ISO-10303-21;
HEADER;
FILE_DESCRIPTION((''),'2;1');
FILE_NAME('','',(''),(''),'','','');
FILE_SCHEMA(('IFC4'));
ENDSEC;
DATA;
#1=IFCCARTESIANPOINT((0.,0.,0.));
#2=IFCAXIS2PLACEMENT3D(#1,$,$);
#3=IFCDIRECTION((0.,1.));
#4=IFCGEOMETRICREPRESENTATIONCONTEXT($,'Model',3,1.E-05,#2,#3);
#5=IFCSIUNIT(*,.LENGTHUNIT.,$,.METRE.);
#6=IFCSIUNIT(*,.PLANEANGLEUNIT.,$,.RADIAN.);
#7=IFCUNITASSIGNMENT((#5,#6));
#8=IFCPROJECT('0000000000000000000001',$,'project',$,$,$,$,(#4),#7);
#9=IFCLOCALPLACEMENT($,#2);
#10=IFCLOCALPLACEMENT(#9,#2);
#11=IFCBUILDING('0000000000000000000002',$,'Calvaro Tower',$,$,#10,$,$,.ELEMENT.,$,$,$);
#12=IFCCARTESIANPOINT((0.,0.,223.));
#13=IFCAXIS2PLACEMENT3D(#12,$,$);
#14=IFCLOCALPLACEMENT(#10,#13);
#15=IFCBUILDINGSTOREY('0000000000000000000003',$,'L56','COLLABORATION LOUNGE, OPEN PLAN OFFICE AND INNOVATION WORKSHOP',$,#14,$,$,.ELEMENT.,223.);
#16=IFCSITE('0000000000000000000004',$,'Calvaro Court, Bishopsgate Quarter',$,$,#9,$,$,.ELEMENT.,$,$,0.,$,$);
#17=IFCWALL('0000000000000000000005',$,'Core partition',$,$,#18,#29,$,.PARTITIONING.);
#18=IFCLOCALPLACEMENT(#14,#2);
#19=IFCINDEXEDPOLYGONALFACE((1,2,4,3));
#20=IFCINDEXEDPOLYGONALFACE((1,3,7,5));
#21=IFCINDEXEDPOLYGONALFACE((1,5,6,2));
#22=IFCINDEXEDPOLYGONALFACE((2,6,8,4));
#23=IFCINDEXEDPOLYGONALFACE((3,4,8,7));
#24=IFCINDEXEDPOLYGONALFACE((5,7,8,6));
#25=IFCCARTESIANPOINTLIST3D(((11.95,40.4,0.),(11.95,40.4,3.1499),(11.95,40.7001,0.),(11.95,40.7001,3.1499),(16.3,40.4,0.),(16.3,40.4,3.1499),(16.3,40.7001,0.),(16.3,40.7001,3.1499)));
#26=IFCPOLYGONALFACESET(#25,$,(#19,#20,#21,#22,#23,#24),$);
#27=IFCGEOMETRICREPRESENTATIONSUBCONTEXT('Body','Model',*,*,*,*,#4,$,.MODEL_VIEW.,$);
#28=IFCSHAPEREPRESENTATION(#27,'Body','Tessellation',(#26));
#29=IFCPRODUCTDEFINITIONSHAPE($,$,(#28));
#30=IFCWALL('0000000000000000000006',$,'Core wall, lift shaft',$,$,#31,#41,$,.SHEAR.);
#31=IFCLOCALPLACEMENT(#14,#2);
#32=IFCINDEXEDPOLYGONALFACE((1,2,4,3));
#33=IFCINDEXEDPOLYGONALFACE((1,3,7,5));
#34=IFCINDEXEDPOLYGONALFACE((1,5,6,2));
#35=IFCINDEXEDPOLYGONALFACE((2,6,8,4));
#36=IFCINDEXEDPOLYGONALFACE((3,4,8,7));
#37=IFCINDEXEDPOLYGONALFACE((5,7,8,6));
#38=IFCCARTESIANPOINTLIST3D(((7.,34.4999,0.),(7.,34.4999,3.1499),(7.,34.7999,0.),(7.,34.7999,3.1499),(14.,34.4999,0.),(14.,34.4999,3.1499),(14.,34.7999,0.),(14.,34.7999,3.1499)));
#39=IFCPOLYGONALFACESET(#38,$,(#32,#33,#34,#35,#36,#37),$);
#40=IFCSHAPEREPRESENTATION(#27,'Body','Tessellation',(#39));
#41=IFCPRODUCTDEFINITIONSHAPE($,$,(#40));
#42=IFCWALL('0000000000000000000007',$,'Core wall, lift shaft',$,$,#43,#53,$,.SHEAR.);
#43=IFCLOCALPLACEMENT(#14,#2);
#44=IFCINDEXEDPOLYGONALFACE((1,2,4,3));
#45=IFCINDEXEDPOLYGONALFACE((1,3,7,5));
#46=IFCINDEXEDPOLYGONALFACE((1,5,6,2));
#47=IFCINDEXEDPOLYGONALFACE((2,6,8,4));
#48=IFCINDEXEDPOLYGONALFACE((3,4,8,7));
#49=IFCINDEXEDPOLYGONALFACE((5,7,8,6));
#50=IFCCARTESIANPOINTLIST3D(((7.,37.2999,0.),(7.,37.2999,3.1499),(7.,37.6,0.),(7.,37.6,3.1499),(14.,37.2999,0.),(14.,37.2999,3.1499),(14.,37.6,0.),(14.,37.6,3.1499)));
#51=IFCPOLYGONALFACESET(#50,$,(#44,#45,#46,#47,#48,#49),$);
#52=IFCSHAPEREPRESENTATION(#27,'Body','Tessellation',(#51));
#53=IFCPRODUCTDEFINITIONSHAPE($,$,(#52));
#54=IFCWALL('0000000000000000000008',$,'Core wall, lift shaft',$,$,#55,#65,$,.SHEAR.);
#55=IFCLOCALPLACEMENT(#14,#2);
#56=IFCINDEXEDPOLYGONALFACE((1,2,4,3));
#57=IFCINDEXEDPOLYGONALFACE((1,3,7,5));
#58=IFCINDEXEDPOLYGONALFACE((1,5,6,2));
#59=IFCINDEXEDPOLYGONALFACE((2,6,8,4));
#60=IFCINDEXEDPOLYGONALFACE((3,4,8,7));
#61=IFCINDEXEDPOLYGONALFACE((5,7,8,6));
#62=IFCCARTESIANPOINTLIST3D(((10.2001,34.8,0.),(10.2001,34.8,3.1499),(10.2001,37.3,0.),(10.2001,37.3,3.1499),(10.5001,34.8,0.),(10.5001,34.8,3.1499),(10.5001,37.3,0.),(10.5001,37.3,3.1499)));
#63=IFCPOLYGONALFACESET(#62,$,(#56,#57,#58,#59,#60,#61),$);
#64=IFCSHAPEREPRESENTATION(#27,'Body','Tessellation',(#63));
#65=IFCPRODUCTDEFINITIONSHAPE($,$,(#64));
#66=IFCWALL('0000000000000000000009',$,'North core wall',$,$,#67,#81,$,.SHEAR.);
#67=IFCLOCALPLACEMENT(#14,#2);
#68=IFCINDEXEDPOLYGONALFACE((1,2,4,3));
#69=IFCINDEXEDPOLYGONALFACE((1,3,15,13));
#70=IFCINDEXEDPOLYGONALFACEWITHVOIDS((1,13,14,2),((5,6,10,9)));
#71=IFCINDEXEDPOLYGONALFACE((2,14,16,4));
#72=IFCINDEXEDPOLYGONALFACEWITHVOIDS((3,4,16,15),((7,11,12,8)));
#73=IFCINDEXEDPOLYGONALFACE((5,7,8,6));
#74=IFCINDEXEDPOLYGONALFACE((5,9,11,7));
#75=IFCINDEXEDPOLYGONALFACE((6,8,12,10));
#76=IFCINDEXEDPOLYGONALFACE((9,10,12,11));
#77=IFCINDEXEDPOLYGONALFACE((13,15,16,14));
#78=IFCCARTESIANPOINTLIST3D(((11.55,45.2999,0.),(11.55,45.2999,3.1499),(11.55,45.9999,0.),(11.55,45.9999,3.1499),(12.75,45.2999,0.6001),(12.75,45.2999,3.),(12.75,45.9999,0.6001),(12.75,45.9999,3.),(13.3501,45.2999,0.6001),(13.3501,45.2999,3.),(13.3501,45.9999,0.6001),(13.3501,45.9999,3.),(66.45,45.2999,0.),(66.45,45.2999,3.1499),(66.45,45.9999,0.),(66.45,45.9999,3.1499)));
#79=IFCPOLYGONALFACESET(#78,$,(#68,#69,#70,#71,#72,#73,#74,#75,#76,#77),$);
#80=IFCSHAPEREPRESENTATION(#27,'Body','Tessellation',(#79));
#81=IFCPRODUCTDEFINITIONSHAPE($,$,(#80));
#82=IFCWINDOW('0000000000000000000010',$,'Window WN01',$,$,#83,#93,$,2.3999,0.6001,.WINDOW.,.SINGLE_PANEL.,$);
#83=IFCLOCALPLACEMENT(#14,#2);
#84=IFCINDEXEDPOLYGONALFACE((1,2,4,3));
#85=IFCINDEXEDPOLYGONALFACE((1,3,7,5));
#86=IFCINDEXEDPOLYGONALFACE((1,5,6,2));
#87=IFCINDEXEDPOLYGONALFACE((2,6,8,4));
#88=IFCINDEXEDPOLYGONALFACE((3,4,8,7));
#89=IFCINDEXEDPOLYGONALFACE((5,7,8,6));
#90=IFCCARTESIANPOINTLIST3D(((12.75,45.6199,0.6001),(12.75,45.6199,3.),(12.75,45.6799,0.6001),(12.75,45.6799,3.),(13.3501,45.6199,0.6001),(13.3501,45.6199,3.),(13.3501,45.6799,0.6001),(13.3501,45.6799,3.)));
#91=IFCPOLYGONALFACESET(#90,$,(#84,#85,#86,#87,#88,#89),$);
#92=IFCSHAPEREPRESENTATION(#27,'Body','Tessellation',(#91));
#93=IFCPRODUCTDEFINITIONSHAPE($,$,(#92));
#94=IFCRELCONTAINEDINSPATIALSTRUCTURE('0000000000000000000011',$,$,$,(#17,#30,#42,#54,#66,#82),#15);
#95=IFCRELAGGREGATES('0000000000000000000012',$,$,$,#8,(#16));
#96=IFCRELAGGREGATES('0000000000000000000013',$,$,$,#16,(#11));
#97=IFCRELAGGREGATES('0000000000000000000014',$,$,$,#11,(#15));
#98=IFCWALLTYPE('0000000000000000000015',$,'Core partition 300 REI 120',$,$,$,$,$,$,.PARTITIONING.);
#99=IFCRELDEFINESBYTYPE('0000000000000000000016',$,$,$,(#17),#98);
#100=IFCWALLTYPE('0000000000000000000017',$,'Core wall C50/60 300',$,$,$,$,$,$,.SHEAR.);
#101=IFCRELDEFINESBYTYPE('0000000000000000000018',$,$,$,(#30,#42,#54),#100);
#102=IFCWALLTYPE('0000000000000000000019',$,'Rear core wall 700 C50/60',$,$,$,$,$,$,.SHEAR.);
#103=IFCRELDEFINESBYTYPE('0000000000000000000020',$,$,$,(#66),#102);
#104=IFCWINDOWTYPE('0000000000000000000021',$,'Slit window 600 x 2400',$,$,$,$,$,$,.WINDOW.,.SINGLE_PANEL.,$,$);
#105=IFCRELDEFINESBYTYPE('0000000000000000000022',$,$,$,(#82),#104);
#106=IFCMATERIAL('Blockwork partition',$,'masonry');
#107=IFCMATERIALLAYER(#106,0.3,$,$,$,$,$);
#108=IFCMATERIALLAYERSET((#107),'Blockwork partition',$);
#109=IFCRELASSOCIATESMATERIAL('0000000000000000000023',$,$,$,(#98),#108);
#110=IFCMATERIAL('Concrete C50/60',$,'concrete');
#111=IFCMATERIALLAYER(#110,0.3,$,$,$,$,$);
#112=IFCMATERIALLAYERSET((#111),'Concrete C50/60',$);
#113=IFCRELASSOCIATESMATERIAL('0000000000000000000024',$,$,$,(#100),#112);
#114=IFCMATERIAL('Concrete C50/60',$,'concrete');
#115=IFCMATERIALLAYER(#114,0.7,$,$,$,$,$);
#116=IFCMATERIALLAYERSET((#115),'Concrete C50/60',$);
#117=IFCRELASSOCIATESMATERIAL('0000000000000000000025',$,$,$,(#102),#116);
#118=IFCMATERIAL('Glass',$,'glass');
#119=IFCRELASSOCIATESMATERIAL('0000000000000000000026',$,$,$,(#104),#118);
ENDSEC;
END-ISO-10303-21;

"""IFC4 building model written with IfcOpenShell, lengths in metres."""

from ifc_helpers import new_model, si_unit, direction, frame, frame_2d, origin, place, context, subcontext, project, spatial, rectangle, extrude, material, layer, layer_set, type_object, element, fill, save


model = new_model("IFC4")

# Units and contexts
model_context = context("Model", 3, precision=1e-05, world=origin(), true_north=direction((0.0, 1.0)))
body_context = subcontext(model_context, "Body", "Model", "MODEL_VIEW")
ifc_project = project(units=[si_unit("LENGTHUNIT", "METRE"), si_unit("PLANEANGLEUNIT", "RADIAN")], contexts=[model_context])

# Site, building, storey
site_placement = place(None, origin())
site = spatial("IfcSite", under=ifc_project, at=site_placement, Name="Calvaro Court, Bishopsgate Quarter", CompositionType="ELEMENT", RefElevation=0.0)
building_placement = place(site_placement, origin())
building = spatial("IfcBuilding", under=site, at=building_placement, Name="Calvaro Tower", CompositionType="ELEMENT")
storey_placement = place(building_placement, frame((0.0, 0.0, 223.0)))
storey = spatial("IfcBuildingStorey", under=building, at=storey_placement, Name="L56", Description="COLLABORATION LOUNGE, OPEN PLAN OFFICE AND INNOVATION WORKSHOP", CompositionType="ELEMENT", Elevation=223.0)

# Walls
ifc_material_1 = material(Name="Blockwork partition", Category="masonry")
ifc_layer_1 = layer(ifc_material_1, 0.3)
ifc_layer_set_1 = layer_set([ifc_layer_1], Name="Blockwork partition")
wall_type_1 = type_object("IfcWallType", Name="Core partition 300 REI 120", PredefinedType="PARTITIONING", material=ifc_layer_set_1)
wall_1_placement = place(storey_placement, frame((11.95, 40.55, 0.0), z_axis=(0.0, 0.0, 1.0), x_axis=(1.0, 0.0, 0.0)))
element("IfcWall", 1, at=wall_1_placement, inside=storey, type_object=wall_type_1, Name="Core partition", PredefinedType="PARTITIONING", context=body_context, shape_type="SweptSolid", body=[
    extrude(rectangle(XDim=4.3501, YDim=0.3, at=frame_2d((2.175, 0.0))), origin(), (0.0, 0.0, 1.0), 3.1499),
])
ifc_material_2 = material(Name="Concrete C50/60", Category="concrete")
ifc_layer_2 = layer(ifc_material_2, 0.3)
ifc_layer_set_2 = layer_set([ifc_layer_2], Name="Concrete C50/60")
wall_type_2 = type_object("IfcWallType", Name="Core wall C50/60 300", PredefinedType="SHEAR", material=ifc_layer_set_2)
for number, where, z_axis, x_axis, name in (
    (2, (7.0, 34.6499, 0.0), (0.0, 0.0, 1.0), (1.0, 0.0, 0.0), "Core wall, lift shaft"),
    (3, (7.0, 37.45, 0.0), (0.0, 0.0, 1.0), (1.0, 0.0, 0.0), "Core wall, lift shaft"),
):
    element("IfcWall", number, at=place(storey_placement, frame(where, z_axis=z_axis, x_axis=x_axis)), inside=storey, type_object=wall_type_2, Name=name, PredefinedType="SHEAR", context=body_context, shape_type="SweptSolid", body=[
        extrude(rectangle(XDim=7.0, YDim=0.3, at=frame_2d((3.5, 0.0))), origin(), (0.0, 0.0, 1.0), 3.1499),
    ])
wall_2_placement = place(storey_placement, frame((10.3501, 34.8, 0.0), z_axis=(0.0, 0.0, 1.0), x_axis=(0.0, 1.0, 0.0)))
element("IfcWall", 4, at=wall_2_placement, inside=storey, type_object=wall_type_2, Name="Core wall, lift shaft", PredefinedType="SHEAR", context=body_context, shape_type="SweptSolid", body=[
    extrude(rectangle(XDim=2.5, YDim=0.3, at=frame_2d((1.25, 0.0))), origin(), (0.0, 0.0, 1.0), 3.1499),
])

# Wall, opening, window
ifc_material_3 = material(Name="Concrete C50/60", Category="concrete")
ifc_layer_3 = layer(ifc_material_3, 0.7)
ifc_layer_set_3 = layer_set([ifc_layer_3], Name="Concrete C50/60")
wall_type_3 = type_object("IfcWallType", Name="Rear core wall 700 C50/60", PredefinedType="SHEAR", material=ifc_layer_set_3)
wall_3_placement = place(storey_placement, frame((11.55, 45.6499, 0.0), z_axis=(0.0, 0.0, 1.0), x_axis=(1.0, 0.0, 0.0)))
wall_3 = element("IfcWall", 5, at=wall_3_placement, inside=storey, type_object=wall_type_3, Name="North core wall", PredefinedType="SHEAR", context=body_context, shape_type="SweptSolid", body=[
    extrude(rectangle(XDim=54.8999, YDim=0.7, at=frame_2d((27.45, 0.0))), origin(), (0.0, 0.0, 1.0), 3.1499),
])
opening_1_placement = place(wall_3_placement, frame((1.2, 0.0, 0.6001)))
opening_1 = element("IfcOpeningElement", 6, at=opening_1_placement, cuts=wall_3, PredefinedType="OPENING", context=body_context, shape_type="SweptSolid", body=[
    extrude(rectangle(XDim=0.6001, YDim=2.3999, at=frame_2d((0.3, 1.2))), frame((0.0, 0.3599, 0.0), z_axis=(0.0, -1.0, 0.0), x_axis=(1.0, 0.0, 0.0)), (0.0, 0.0, 1.0), 0.72),
])
ifc_material_4 = material(Name="Glass", Category="glass")
window_type = type_object("IfcWindowType", Name="Slit window 600 x 2400", PartitioningType="SINGLE_PANEL", PredefinedType="WINDOW", material=ifc_material_4)
window_placement = place(opening_1_placement, origin())
window = element("IfcWindow", 7, at=window_placement, inside=storey, type_object=window_type, Name="Window WN01", OverallHeight=2.3999, OverallWidth=0.6001, PartitioningType="SINGLE_PANEL", PredefinedType="WINDOW", context=body_context, shape_type="SweptSolid", body=[
    extrude(rectangle(XDim=0.6001, YDim=2.3999, at=frame_2d((0.3, 1.2))), frame((0.0, 0.03, 0.0), z_axis=(0.0, -1.0, 0.0), x_axis=(1.0, 0.0, 0.0)), (0.0, 0.0, 1.0), 0.0601),
])
fill(opening_1, window)

save(model, "model.ifc")
